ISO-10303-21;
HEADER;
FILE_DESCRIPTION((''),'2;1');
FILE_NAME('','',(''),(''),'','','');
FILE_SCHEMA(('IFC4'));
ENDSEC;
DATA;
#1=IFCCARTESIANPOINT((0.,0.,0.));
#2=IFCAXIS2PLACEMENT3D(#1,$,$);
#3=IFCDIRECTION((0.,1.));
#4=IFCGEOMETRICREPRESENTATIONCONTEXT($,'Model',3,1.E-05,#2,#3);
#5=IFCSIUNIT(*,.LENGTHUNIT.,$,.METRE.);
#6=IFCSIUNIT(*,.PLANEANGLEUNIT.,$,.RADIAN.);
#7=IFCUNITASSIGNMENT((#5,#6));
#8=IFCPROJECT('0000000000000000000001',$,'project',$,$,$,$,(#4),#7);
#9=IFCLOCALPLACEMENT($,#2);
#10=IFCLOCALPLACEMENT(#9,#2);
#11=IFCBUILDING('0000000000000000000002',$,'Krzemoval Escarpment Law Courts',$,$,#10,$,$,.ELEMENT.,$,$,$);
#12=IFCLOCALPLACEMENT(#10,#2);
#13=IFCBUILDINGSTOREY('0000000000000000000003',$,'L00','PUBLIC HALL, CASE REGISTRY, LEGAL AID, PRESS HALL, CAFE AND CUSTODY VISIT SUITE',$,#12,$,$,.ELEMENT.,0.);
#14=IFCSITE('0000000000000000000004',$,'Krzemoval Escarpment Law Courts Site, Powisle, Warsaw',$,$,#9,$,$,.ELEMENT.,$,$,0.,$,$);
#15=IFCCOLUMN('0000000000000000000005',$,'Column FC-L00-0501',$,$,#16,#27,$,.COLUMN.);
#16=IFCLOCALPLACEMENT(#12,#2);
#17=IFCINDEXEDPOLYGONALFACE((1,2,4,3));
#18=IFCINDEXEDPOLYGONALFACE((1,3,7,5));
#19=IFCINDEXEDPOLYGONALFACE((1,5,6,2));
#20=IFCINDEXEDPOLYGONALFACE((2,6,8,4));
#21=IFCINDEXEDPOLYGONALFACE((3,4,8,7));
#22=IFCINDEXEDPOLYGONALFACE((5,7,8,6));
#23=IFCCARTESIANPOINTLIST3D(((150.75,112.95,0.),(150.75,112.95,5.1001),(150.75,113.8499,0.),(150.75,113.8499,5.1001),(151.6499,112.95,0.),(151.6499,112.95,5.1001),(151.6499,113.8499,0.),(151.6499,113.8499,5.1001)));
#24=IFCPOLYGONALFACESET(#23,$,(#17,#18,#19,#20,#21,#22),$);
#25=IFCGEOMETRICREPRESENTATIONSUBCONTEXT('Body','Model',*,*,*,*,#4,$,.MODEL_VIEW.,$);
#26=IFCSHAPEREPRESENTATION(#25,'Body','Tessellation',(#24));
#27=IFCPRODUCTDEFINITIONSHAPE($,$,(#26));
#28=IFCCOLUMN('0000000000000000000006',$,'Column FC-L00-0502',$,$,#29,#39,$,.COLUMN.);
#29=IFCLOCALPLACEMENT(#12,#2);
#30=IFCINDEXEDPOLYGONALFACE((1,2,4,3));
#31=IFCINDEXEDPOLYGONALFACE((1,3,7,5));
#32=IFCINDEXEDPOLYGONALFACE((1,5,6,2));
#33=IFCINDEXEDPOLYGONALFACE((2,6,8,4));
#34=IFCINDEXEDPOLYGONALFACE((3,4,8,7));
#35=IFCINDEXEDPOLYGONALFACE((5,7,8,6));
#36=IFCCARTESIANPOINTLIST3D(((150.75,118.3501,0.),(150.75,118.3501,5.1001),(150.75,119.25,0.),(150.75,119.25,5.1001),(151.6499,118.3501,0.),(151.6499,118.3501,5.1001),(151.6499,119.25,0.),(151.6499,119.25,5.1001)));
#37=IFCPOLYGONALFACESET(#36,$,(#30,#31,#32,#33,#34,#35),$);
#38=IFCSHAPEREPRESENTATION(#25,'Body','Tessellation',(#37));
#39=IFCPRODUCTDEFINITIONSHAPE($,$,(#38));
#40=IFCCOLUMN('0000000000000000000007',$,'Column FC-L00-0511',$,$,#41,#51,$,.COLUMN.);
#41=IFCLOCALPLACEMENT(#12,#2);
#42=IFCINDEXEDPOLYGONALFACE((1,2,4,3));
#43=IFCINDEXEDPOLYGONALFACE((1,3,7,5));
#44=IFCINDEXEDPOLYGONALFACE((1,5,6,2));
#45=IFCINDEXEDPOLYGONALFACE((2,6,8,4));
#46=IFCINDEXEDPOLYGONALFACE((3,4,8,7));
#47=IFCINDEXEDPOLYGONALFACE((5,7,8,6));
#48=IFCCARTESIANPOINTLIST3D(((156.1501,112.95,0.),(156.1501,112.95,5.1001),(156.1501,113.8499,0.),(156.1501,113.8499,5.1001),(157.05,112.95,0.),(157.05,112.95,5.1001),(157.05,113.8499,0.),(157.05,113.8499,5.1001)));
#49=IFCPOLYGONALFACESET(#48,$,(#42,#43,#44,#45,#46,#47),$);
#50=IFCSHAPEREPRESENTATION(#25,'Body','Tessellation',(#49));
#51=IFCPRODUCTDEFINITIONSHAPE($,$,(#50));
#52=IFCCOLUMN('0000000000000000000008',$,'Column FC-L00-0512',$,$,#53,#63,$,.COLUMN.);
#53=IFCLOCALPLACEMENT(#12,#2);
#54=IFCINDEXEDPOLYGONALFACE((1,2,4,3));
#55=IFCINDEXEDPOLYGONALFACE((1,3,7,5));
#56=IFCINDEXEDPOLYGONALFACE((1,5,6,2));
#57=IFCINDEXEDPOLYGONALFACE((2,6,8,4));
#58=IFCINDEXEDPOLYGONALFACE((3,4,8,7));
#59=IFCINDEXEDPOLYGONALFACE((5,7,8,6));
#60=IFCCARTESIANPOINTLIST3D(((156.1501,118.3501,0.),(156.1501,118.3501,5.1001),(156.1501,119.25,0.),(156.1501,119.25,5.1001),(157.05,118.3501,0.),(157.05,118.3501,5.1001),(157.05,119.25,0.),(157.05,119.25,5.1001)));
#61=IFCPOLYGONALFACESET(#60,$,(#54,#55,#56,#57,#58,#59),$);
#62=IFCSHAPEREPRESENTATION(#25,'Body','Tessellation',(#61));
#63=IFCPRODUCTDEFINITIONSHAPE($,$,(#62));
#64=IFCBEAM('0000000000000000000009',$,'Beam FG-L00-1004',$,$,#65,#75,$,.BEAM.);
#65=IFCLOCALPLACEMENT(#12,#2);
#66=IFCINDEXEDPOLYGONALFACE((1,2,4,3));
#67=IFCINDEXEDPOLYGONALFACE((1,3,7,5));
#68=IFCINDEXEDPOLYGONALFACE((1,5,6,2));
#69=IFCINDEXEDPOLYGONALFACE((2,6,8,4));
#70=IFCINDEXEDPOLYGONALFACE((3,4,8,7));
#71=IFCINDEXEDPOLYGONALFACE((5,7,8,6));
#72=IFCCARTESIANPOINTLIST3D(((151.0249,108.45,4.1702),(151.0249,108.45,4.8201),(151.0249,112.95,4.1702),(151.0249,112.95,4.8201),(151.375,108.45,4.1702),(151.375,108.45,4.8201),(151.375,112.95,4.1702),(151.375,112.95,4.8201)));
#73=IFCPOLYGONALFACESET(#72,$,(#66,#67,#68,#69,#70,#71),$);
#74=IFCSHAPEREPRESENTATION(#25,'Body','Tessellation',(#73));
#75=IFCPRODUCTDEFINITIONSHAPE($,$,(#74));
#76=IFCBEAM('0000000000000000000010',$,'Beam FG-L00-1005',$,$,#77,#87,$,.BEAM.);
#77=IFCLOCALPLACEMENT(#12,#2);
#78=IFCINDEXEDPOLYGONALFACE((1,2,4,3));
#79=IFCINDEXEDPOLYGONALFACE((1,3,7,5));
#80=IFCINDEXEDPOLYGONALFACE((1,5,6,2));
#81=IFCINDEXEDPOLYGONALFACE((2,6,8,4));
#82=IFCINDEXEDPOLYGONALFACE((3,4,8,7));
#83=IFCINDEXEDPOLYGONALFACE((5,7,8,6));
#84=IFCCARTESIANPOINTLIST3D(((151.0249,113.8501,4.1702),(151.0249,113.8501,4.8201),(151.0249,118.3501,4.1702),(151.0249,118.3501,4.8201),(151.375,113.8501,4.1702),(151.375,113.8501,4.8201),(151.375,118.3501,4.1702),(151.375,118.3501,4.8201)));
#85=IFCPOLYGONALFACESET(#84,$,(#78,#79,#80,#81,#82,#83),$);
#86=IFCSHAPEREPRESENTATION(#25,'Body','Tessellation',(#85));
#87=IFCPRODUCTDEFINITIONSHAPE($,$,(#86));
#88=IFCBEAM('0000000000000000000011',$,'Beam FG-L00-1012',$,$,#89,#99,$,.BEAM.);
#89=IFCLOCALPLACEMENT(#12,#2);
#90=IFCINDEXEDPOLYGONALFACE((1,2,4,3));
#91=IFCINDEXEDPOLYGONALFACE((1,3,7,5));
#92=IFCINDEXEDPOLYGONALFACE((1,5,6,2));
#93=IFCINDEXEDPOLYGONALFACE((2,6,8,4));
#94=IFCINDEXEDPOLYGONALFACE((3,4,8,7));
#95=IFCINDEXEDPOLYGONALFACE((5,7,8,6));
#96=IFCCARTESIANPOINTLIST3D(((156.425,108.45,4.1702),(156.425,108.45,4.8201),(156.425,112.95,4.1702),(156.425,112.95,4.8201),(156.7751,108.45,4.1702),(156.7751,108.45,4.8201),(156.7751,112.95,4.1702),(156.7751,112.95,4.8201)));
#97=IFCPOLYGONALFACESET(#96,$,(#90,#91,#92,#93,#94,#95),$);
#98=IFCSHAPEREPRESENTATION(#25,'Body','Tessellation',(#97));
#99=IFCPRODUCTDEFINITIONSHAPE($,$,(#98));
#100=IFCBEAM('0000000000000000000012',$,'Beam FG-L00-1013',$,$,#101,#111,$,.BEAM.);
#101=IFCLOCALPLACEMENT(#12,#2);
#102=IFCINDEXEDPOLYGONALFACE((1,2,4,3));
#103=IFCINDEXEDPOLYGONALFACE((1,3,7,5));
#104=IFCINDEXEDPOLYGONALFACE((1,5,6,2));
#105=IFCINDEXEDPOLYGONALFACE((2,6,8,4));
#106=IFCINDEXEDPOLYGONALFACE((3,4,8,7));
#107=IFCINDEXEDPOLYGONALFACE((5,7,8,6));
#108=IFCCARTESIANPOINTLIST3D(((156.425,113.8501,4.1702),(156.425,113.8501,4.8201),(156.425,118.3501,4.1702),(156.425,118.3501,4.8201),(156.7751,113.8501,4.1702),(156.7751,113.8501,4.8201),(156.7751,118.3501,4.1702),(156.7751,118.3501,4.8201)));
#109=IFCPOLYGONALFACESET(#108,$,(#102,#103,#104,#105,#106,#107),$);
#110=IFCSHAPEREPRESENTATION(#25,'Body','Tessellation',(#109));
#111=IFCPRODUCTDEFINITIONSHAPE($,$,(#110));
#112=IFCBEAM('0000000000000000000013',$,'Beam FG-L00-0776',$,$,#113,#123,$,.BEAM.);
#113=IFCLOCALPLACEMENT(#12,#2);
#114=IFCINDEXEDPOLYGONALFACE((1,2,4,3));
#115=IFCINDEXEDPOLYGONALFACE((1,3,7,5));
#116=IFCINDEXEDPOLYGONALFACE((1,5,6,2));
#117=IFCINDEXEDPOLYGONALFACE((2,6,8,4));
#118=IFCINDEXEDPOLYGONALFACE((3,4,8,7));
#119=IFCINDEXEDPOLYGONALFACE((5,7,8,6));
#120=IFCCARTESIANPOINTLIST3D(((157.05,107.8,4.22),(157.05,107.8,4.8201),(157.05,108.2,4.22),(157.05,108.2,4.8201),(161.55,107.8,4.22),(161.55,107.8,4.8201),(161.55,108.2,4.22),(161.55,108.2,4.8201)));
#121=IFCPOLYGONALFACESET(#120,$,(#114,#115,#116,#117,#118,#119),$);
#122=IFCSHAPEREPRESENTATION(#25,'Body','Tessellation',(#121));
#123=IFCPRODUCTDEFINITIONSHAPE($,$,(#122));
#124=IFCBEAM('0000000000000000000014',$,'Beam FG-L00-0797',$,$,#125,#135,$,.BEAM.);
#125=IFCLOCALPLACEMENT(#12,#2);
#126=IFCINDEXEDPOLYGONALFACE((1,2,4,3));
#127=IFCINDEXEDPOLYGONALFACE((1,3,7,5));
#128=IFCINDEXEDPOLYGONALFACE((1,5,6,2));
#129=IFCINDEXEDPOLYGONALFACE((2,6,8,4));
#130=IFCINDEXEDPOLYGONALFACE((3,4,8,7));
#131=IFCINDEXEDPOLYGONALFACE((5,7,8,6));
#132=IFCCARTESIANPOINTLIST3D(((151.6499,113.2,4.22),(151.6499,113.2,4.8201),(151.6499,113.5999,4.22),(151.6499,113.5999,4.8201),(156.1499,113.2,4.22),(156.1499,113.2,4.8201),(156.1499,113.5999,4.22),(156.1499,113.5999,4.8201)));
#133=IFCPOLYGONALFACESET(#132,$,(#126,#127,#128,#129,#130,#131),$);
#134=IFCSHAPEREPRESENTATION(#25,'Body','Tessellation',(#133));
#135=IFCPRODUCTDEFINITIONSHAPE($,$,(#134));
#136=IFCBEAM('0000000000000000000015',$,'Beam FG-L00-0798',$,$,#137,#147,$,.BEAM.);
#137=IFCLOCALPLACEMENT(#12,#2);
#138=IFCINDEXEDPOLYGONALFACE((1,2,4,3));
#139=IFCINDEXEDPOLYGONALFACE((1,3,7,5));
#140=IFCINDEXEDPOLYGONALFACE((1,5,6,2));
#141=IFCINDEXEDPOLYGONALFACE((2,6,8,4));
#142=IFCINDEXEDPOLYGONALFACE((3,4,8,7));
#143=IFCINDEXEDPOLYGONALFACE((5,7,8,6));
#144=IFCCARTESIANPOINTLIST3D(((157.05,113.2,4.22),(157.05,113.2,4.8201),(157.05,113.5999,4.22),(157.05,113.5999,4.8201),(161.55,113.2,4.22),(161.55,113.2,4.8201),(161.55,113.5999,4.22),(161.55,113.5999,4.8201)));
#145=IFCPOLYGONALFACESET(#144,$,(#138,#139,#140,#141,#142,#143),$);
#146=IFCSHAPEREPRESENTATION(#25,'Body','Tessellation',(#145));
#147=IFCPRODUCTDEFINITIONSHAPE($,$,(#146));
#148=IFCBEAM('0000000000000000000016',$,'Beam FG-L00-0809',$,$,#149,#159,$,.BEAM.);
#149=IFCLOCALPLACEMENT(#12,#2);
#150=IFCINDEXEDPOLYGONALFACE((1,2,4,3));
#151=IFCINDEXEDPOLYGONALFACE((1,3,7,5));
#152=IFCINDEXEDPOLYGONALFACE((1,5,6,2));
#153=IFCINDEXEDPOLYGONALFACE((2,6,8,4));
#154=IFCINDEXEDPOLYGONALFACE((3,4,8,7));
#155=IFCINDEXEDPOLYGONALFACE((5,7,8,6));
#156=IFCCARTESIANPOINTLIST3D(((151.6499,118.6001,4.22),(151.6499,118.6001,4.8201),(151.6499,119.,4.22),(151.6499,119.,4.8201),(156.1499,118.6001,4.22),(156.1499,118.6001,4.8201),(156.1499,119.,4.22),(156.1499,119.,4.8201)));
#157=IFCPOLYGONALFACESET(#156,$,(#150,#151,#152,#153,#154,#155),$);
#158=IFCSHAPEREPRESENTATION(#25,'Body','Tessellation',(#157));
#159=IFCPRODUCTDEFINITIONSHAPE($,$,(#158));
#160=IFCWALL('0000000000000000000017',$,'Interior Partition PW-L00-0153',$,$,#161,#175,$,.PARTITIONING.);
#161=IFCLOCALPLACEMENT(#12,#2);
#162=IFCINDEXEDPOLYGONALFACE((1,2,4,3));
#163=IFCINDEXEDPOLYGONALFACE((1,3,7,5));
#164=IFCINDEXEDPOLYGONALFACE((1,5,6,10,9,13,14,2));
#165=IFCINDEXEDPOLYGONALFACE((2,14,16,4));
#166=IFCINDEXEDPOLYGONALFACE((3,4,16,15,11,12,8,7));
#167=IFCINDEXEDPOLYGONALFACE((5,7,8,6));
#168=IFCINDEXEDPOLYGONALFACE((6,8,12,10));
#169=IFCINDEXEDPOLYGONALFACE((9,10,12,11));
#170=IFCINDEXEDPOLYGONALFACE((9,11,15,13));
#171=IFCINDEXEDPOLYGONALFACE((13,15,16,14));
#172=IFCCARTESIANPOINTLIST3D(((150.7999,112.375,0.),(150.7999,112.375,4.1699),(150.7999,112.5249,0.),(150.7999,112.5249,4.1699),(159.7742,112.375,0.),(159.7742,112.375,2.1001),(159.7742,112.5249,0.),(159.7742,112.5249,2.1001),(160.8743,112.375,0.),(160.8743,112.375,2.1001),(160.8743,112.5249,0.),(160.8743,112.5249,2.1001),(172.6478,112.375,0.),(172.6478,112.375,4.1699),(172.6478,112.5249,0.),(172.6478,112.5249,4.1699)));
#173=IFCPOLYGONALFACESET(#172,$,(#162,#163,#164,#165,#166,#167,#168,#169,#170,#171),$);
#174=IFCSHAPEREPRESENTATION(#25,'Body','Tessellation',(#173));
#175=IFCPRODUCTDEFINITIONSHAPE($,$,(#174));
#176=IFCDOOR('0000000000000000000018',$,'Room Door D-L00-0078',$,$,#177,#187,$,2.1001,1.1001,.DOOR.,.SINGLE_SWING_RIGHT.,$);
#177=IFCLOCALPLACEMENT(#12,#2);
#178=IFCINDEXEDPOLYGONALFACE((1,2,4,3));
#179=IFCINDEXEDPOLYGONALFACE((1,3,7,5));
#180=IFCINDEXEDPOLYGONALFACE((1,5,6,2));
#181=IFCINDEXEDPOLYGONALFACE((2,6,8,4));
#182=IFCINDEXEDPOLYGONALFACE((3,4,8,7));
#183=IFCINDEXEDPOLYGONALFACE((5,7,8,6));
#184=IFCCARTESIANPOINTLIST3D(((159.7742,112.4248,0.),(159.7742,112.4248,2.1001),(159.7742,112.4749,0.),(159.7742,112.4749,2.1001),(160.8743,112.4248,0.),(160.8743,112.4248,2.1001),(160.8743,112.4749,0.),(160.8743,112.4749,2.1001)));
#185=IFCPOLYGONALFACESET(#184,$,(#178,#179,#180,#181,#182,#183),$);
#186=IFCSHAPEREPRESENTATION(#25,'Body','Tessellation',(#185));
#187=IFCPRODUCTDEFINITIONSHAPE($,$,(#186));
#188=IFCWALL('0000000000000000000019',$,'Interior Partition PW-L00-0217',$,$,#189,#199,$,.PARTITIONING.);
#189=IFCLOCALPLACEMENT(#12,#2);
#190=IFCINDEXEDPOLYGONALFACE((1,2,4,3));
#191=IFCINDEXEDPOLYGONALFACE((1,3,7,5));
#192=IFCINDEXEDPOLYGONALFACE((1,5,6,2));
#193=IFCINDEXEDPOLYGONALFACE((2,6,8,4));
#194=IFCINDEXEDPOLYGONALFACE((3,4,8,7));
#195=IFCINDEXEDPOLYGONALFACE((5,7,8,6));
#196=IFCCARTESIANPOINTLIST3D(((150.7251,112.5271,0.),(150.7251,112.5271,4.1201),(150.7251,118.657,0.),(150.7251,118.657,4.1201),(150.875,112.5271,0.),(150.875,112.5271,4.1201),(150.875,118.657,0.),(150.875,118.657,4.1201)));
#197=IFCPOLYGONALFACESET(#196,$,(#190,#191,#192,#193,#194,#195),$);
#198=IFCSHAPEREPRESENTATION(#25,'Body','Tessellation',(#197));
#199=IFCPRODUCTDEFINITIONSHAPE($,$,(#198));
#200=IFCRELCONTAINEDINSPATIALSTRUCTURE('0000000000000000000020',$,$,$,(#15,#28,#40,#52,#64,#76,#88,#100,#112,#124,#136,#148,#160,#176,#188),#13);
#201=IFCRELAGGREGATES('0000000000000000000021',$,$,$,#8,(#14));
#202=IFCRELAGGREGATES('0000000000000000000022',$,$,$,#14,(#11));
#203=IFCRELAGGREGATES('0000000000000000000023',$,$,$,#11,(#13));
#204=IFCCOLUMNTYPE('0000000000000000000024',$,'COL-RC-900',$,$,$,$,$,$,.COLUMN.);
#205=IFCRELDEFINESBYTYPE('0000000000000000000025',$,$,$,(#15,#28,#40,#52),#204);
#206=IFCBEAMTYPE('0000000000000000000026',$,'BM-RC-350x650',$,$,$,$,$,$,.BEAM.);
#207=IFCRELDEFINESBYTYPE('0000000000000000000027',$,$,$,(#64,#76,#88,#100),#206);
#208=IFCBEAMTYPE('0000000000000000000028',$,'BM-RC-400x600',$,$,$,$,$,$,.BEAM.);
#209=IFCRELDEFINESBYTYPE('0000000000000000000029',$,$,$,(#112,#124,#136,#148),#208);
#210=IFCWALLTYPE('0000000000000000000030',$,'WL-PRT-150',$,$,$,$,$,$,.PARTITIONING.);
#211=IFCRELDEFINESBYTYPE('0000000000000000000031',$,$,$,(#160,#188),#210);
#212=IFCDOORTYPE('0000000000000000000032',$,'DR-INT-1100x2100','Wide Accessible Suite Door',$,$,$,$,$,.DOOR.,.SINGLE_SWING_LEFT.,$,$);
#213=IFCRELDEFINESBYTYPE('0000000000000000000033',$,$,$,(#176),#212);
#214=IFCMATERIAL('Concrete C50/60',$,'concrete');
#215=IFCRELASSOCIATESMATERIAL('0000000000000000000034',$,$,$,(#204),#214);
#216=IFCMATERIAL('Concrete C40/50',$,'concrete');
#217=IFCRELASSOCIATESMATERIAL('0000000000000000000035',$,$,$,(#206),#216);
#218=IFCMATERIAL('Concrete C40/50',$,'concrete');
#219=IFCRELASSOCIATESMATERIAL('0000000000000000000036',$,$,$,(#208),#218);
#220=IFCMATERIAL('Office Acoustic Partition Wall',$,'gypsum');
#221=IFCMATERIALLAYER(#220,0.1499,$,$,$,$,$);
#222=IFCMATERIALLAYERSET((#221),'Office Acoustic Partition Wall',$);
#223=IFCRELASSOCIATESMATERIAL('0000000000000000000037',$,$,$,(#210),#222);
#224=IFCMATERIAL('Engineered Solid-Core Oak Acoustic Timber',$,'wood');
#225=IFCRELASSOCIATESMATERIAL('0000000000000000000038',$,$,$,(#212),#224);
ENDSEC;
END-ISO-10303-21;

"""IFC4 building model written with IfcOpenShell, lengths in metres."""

from ifc_helpers import new_model, si_unit, direction, frame, frame_2d, origin, origin_2d, place, context, subcontext, project, spatial, rectangle, extrude, material, layer, layer_set, material_profile, profile_set, type_object, element, fill, save


model = new_model("IFC4")

# Units and contexts
model_context = context("Model", 3, precision=1e-05, world=origin(), true_north=direction((0.0, 1.0)))
body_context = subcontext(model_context, "Body", "Model", "MODEL_VIEW")
ifc_project = project(units=[si_unit("LENGTHUNIT", "METRE"), si_unit("PLANEANGLEUNIT", "RADIAN")], contexts=[model_context])

# Site, building, storey
site_placement = place(None, origin())
site = spatial("IfcSite", under=ifc_project, at=site_placement, Name="Krzemoval Escarpment Law Courts Site, Powisle, Warsaw", CompositionType="ELEMENT", RefElevation=0.0)
building_placement = place(site_placement, origin())
building = spatial("IfcBuilding", under=site, at=building_placement, Name="Krzemoval Escarpment Law Courts", CompositionType="ELEMENT")
storey_placement = place(building_placement, origin())
storey = spatial("IfcBuildingStorey", under=building, at=storey_placement, Name="L00", Description="PUBLIC HALL, CASE REGISTRY, LEGAL AID, PRESS HALL, CAFE AND CUSTODY VISIT SUITE", CompositionType="ELEMENT", Elevation=0.0)

# Columns
ifc_material_1 = material(Name="Concrete C50/60", Category="concrete")
ifc_material_profile_1 = material_profile(ifc_material_1, rectangle(XDim=0.8999, YDim=0.8999, at=origin_2d()), Name="RC 900x900")
ifc_profile_set_1 = profile_set([ifc_material_profile_1], Name="Concrete C50/60")
column_type = type_object("IfcColumnType", Name="COL-RC-900", PredefinedType="COLUMN", material=ifc_profile_set_1)
for number, where, z_axis, x_axis, name in (
    (1, (151.2, 113.3999, 0.0), (0.0, 0.0, 1.0), (1.0, 0.0, 0.0), "Column FC-L00-0501"),
    (2, (151.2, 118.8, 0.0), (0.0, 0.0, 1.0), (1.0, 0.0, 0.0), "Column FC-L00-0502"),
    (3, (156.6001, 113.3999, 0.0), (0.0, 0.0, 1.0), (1.0, 0.0, 0.0), "Column FC-L00-0511"),
    (4, (156.6001, 118.8, 0.0), (0.0, 0.0, 1.0), (1.0, 0.0, 0.0), "Column FC-L00-0512"),
):
    element("IfcColumn", number, at=place(storey_placement, frame(where, z_axis=z_axis, x_axis=x_axis)), inside=storey, type_object=column_type, Name=name, PredefinedType="COLUMN", context=body_context, shape_type="SweptSolid", body=[
        extrude(rectangle(XDim=0.8999, YDim=0.8999, at=origin_2d()), origin(), (0.0, 0.0, 1.0), 5.1001),
    ])

# Beams
ifc_material_2 = material(Name="Concrete C40/50", Category="concrete")
ifc_material_profile_2 = material_profile(ifc_material_2, rectangle(XDim=0.3501, YDim=0.6499, at=origin_2d()), Name="RCB 350x650")
ifc_profile_set_2 = profile_set([ifc_material_profile_2], Name="Concrete C40/50")
beam_type_1 = type_object("IfcBeamType", Name="BM-RC-350x650", PredefinedType="BEAM", material=ifc_profile_set_2)
for number, where, z_axis, x_axis, name in (
    (5, (151.2, 108.45, 4.4951), (0.0, 1.0, 0.0), (-1.0, 0.0, 0.0), "Beam FG-L00-1004"),
    (6, (151.2, 113.8501, 4.4951), (0.0, 1.0, 0.0), (-1.0, 0.0, 0.0), "Beam FG-L00-1005"),
    (7, (156.6001, 108.45, 4.4951), (0.0, 1.0, 0.0), (-1.0, 0.0, 0.0), "Beam FG-L00-1012"),
    (8, (156.6001, 113.8501, 4.4951), (0.0, 1.0, 0.0), (-1.0, 0.0, 0.0), "Beam FG-L00-1013"),
):
    element("IfcBeam", number, at=place(storey_placement, frame(where, z_axis=z_axis, x_axis=x_axis)), inside=storey, type_object=beam_type_1, Name=name, PredefinedType="BEAM", context=body_context, shape_type="SweptSolid", body=[
        extrude(rectangle(XDim=0.3501, YDim=0.6499, at=origin_2d()), origin(), (0.0, 0.0, 1.0), 4.5),
    ])
ifc_material_3 = material(Name="Concrete C40/50", Category="concrete")
ifc_material_profile_3 = material_profile(ifc_material_3, rectangle(XDim=0.3999, YDim=0.6001, at=origin_2d()), Name="RCB 400x600")
ifc_profile_set_3 = profile_set([ifc_material_profile_3], Name="Concrete C40/50")
beam_type_2 = type_object("IfcBeamType", Name="BM-RC-400x600", PredefinedType="BEAM", material=ifc_profile_set_3)
for number, where, z_axis, x_axis, name in (
    (9, (157.05, 108.0, 4.52), (1.0, 0.0, 0.0), (0.0, 1.0, 0.0), "Beam FG-L00-0776"),
    (10, (151.6499, 113.3999, 4.52), (1.0, 0.0, 0.0), (0.0, 1.0, 0.0), "Beam FG-L00-0797"),
    (11, (157.05, 113.3999, 4.52), (1.0, 0.0, 0.0), (0.0, 1.0, 0.0), "Beam FG-L00-0798"),
    (12, (151.6499, 118.8, 4.52), (1.0, 0.0, 0.0), (0.0, 1.0, 0.0), "Beam FG-L00-0809"),
):
    element("IfcBeam", number, at=place(storey_placement, frame(where, z_axis=z_axis, x_axis=x_axis)), inside=storey, type_object=beam_type_2, Name=name, PredefinedType="BEAM", context=body_context, shape_type="SweptSolid", body=[
        extrude(rectangle(XDim=0.3999, YDim=0.6001, at=origin_2d()), origin(), (0.0, 0.0, 1.0), 4.5),
    ])

# Wall, opening, door
ifc_material_4 = material(Name="Office Acoustic Partition Wall", Category="gypsum")
ifc_layer_1 = layer(ifc_material_4, 0.1499)
ifc_layer_set_1 = layer_set([ifc_layer_1], Name="Office Acoustic Partition Wall")
wall_type_1 = type_object("IfcWallType", Name="WL-PRT-150", PredefinedType="PARTITIONING", material=ifc_layer_set_1)
wall_1_placement = place(storey_placement, frame((150.8, 112.45, 0.0), z_axis=(0.0, 0.0, 1.0), x_axis=(1.0, 0.0, 0.0)))
wall_1 = element("IfcWall", 13, at=wall_1_placement, inside=storey, type_object=wall_type_1, Name="Interior Partition PW-L00-0153", PredefinedType="PARTITIONING", context=body_context, shape_type="SweptSolid", body=[
    extrude(rectangle(XDim=21.8479, YDim=0.1499, at=frame_2d((10.9238, 0.0))), origin(), (0.0, 0.0, 1.0), 4.1699),
])
opening_1_placement = place(wall_1_placement, frame((8.9741, 0.0, 0.0)))
opening_1 = element("IfcOpeningElement", 14, at=opening_1_placement, cuts=wall_1, PredefinedType="OPENING", context=body_context, shape_type="SweptSolid", body=[
    extrude(rectangle(XDim=1.1001, YDim=2.1001, at=frame_2d((0.55, 1.05))), frame((0.0, 0.09, 0.0), z_axis=(0.0, -1.0, 0.0), x_axis=(1.0, 0.0, 0.0)), (0.0, 0.0, 1.0), 0.1799),
])
ifc_material_5 = material(Name="Engineered Solid-Core Oak Acoustic Timber", Category="wood")
door_type_1 = type_object("IfcDoorType", Name="DR-INT-1100x2100", Description="Wide Accessible Suite Door", OperationType="SINGLE_SWING_LEFT", PredefinedType="DOOR", material=ifc_material_5)
door_1_placement = place(opening_1_placement, origin())
door_1 = element("IfcDoor", 15, at=door_1_placement, inside=storey, type_object=door_type_1, Name="Room Door D-L00-0078", OperationType="SINGLE_SWING_RIGHT", OverallHeight=2.1001, OverallWidth=1.1001, PredefinedType="DOOR", context=body_context, shape_type="SweptSolid", body=[
    extrude(rectangle(XDim=1.1001, YDim=2.1001, at=frame_2d((0.55, 1.05))), frame((0.0, 0.0249, 0.0), z_axis=(0.0, -1.0, 0.0), x_axis=(1.0, 0.0, 0.0)), (0.0, 0.0, 1.0), 0.05),
])
fill(opening_1, door_1)

# Wall
wall_2_placement = place(storey_placement, frame((150.8, 112.5271, 0.0), z_axis=(0.0, 0.0, 1.0), x_axis=(0.0, 1.0, 0.0)))
element("IfcWall", 16, at=wall_2_placement, inside=storey, type_object=wall_type_1, Name="Interior Partition PW-L00-0217", PredefinedType="PARTITIONING", context=body_context, shape_type="SweptSolid", body=[
    extrude(rectangle(XDim=6.1299, YDim=0.1499, at=frame_2d((3.0649, 0.0))), origin(), (0.0, 0.0, 1.0), 4.1201),
])

save(model, "model.ifc")
